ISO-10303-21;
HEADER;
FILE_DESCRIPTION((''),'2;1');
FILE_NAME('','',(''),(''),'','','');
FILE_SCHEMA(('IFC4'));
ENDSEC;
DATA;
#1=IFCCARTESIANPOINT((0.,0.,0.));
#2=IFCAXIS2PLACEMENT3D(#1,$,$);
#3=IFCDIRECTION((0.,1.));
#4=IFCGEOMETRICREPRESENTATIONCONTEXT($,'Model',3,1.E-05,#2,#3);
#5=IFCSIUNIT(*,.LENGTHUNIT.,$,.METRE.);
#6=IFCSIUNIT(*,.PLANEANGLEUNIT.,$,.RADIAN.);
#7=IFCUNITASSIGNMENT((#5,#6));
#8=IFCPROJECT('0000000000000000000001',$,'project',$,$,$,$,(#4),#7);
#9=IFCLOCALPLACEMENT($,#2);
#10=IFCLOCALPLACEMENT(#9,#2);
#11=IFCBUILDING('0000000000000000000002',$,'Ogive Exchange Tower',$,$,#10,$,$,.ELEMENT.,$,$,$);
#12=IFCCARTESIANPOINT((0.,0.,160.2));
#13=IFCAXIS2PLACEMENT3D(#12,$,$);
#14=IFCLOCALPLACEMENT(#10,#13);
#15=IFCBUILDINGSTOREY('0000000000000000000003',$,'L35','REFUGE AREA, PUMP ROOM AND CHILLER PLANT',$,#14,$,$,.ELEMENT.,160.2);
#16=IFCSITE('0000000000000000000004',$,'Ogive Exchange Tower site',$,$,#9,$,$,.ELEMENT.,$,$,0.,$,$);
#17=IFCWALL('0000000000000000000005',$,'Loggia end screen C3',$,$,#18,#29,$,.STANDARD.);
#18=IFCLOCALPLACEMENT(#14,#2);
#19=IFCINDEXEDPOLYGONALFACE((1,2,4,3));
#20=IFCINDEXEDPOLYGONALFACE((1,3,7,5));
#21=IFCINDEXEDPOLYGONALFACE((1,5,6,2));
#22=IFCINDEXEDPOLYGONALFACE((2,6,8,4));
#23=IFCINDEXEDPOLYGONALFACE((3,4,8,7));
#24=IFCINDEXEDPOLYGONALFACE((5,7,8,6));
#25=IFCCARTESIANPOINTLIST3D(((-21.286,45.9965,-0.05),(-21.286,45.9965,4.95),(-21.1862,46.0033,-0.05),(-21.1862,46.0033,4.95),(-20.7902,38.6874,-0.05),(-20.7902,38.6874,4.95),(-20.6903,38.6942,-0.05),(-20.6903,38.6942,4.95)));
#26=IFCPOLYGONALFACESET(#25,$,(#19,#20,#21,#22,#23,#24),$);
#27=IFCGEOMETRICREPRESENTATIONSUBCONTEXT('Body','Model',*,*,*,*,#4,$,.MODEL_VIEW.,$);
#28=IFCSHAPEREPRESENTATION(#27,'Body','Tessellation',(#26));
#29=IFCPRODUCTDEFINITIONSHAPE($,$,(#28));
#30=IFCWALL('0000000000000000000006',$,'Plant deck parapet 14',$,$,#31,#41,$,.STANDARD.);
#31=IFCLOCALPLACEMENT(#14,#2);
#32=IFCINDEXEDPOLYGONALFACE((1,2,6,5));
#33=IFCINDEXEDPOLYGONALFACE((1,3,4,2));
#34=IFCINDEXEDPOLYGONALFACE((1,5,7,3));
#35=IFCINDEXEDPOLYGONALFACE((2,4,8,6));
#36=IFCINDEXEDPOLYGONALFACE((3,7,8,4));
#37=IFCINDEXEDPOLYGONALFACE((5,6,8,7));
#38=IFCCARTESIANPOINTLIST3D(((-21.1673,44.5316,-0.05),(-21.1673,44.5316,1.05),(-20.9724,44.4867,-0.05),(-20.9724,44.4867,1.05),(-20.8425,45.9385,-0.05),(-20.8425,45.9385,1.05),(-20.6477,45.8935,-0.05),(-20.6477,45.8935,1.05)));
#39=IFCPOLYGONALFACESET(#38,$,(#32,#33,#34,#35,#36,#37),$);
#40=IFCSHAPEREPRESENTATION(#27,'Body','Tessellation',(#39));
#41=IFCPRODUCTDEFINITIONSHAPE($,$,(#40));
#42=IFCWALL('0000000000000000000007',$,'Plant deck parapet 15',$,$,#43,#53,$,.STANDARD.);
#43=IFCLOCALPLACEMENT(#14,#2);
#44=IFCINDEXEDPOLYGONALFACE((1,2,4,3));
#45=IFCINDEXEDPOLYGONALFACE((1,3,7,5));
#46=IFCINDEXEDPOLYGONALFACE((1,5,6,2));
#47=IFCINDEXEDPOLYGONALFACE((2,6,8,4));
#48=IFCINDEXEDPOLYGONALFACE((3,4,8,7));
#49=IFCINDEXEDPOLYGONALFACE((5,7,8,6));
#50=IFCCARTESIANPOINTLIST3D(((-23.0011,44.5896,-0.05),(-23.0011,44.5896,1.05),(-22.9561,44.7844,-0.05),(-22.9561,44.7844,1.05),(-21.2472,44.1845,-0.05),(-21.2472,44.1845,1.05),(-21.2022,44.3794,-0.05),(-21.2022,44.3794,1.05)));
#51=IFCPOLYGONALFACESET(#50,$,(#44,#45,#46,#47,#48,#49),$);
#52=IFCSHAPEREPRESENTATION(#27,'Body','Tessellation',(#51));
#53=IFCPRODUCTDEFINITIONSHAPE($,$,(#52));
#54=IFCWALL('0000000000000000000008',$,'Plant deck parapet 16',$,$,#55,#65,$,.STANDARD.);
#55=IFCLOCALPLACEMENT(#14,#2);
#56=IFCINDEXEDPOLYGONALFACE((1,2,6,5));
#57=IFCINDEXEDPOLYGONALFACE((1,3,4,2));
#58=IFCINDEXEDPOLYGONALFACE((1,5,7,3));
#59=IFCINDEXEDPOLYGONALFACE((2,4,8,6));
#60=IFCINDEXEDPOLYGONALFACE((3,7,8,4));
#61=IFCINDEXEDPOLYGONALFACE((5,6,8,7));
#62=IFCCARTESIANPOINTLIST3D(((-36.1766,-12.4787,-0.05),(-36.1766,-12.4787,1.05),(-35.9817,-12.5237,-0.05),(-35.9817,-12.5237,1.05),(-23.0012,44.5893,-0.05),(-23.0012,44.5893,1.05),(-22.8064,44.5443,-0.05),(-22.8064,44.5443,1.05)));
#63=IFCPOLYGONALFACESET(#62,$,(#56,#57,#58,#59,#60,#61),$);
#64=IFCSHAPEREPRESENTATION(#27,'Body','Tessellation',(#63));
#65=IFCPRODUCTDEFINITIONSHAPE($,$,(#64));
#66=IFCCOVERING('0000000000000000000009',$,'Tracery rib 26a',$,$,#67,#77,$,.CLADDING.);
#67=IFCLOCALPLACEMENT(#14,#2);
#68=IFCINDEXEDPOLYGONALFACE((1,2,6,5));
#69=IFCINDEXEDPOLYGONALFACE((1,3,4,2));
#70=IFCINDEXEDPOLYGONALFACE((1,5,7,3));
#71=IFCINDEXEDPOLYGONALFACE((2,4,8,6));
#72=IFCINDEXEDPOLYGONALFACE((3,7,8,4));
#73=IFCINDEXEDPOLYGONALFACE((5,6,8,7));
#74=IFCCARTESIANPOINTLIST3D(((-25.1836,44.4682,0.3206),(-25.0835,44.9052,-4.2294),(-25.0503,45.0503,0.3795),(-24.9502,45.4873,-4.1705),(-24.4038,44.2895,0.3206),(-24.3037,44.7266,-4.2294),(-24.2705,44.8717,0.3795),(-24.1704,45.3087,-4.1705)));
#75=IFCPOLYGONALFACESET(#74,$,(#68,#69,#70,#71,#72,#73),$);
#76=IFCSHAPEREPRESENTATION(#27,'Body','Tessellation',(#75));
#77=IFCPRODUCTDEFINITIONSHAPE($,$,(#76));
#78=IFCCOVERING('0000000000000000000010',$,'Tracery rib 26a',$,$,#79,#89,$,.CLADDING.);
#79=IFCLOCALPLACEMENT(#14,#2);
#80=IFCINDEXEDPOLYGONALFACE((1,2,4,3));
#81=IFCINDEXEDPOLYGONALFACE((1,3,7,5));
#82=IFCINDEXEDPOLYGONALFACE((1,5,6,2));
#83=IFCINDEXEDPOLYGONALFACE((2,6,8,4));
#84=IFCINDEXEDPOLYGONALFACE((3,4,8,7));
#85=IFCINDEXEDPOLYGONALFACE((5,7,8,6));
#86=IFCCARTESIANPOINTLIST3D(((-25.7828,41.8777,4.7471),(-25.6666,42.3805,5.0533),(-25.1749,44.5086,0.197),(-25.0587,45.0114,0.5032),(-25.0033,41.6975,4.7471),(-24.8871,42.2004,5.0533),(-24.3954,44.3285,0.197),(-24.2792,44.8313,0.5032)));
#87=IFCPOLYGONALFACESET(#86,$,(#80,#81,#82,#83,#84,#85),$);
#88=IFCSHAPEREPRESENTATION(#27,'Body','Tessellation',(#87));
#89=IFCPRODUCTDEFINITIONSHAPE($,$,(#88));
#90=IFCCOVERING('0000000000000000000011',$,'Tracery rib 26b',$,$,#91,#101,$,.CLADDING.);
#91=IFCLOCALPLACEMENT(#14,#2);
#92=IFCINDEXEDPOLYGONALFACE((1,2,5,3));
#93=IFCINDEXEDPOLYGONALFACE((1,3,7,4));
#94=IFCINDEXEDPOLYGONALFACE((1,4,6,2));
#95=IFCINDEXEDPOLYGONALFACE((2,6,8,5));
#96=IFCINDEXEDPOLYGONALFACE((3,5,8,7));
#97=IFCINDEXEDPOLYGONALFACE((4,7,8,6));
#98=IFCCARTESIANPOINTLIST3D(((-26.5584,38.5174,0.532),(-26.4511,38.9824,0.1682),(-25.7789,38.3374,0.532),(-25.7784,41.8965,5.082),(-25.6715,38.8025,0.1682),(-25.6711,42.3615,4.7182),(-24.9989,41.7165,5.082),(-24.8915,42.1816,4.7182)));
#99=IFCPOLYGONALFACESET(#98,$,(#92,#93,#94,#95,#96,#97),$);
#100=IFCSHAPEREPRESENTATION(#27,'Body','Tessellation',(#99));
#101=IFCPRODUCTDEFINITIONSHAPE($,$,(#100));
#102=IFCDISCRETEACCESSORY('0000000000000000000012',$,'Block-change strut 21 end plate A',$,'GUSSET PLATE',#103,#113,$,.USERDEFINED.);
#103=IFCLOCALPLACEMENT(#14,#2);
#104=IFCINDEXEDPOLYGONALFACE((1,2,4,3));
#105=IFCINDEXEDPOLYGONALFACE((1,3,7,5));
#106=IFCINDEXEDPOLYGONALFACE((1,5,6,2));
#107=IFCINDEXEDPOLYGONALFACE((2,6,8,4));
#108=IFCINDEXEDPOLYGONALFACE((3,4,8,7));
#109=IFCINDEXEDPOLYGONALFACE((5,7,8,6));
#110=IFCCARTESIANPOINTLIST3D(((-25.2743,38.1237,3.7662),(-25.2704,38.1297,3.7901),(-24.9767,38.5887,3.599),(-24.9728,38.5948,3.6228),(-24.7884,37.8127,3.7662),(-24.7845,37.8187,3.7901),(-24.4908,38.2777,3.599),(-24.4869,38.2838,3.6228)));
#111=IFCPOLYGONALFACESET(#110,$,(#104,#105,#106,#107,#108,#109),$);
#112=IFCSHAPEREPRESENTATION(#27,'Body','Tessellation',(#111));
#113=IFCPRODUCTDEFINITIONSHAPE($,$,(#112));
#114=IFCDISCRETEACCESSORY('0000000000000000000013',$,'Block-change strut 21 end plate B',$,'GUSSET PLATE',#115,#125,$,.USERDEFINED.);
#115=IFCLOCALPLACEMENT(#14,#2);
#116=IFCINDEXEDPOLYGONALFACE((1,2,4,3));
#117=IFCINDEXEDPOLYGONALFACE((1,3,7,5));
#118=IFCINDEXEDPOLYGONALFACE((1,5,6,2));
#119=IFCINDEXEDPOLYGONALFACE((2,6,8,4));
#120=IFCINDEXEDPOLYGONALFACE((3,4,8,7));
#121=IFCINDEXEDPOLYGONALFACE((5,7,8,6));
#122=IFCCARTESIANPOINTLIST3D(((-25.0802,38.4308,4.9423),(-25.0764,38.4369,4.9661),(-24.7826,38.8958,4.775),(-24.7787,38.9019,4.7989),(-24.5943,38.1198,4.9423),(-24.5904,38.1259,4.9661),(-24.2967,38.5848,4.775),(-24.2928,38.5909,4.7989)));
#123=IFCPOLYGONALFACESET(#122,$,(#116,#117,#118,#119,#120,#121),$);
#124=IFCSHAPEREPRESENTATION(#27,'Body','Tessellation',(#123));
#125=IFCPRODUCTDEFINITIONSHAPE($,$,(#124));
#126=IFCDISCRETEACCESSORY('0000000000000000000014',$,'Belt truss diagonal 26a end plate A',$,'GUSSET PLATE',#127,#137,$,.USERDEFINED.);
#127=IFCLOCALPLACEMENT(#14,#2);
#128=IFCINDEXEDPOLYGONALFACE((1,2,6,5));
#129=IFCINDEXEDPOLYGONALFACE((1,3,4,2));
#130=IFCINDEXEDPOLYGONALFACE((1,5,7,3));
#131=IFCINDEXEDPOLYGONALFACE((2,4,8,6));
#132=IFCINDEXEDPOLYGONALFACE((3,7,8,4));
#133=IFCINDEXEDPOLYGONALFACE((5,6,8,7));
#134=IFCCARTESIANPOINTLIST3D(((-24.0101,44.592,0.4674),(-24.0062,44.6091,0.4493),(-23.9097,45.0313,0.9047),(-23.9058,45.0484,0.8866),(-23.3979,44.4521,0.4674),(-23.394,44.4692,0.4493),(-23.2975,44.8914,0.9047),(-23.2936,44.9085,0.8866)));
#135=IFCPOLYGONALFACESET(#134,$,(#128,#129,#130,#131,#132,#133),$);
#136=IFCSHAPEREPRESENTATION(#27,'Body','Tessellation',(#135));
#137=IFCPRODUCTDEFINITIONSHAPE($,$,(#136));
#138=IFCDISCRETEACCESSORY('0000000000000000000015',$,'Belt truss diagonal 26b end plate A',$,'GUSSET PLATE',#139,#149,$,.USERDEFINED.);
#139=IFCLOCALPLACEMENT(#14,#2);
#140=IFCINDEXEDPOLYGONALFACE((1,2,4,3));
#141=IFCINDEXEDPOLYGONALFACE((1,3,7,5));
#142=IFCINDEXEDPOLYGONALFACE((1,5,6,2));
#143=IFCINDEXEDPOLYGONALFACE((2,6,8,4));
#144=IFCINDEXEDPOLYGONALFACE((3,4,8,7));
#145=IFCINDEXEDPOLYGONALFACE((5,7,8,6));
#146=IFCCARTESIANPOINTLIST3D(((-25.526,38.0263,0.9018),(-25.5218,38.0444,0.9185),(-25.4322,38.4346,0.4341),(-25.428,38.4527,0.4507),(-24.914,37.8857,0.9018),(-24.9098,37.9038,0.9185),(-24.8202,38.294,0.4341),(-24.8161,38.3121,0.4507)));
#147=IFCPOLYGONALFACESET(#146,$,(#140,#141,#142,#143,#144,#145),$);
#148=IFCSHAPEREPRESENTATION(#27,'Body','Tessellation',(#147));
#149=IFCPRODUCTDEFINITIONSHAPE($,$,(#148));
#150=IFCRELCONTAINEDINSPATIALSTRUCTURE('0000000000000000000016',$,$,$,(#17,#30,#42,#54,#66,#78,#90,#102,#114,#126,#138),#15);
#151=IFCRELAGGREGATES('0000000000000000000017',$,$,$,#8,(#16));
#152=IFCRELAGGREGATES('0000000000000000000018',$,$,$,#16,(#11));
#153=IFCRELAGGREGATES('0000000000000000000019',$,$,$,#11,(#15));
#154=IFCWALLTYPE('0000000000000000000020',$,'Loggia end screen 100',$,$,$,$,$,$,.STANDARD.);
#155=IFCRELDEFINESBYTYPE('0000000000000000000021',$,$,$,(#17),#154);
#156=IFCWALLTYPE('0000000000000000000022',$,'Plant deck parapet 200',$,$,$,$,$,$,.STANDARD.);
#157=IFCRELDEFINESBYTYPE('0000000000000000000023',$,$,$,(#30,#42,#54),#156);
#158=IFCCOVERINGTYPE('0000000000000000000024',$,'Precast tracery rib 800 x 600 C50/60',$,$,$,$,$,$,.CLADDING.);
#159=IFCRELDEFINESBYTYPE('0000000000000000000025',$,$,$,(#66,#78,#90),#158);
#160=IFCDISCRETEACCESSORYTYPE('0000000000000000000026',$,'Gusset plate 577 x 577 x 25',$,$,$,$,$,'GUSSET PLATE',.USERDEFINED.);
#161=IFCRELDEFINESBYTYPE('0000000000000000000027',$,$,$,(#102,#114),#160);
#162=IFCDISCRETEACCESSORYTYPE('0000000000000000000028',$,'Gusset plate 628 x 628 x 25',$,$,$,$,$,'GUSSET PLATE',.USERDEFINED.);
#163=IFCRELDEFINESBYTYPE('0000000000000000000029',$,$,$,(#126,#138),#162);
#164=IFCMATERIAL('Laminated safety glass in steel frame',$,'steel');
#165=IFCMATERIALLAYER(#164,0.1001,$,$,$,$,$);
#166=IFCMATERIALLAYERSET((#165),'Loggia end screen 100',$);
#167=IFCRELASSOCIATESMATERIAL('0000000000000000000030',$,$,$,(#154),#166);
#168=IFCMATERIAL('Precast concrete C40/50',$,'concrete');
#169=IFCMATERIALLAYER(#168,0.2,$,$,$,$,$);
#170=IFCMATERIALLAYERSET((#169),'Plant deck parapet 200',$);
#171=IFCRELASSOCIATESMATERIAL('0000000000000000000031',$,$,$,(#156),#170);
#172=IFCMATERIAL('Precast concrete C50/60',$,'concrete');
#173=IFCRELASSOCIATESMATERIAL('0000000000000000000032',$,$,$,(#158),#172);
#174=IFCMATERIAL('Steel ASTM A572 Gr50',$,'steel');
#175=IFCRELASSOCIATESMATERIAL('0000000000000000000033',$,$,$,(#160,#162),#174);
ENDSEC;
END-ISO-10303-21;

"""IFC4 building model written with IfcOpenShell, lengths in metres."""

from ifc_helpers import new_model, si_unit, direction, frame, frame_2d, origin, origin_2d, place, context, subcontext, project, spatial, rectangle, extrude, material, layer, layer_set, material_profile, profile_set, type_object, element, save


model = new_model("IFC4")

# Units and contexts
model_context = context("Model", 3, precision=1e-05, world=origin(), true_north=direction((0.0, 1.0)))
body_context = subcontext(model_context, "Body", "Model", "MODEL_VIEW")
ifc_project = project(units=[si_unit("LENGTHUNIT", "METRE"), si_unit("PLANEANGLEUNIT", "RADIAN")], contexts=[model_context])

# Site, building, storey
site_placement = place(None, origin())
site = spatial("IfcSite", under=ifc_project, at=site_placement, Name="Ogive Exchange Tower site", CompositionType="ELEMENT", RefElevation=0.0)
building_placement = place(site_placement, origin())
building = spatial("IfcBuilding", under=site, at=building_placement, Name="Ogive Exchange Tower", CompositionType="ELEMENT")
storey_placement = place(building_placement, frame((0.0, 0.0, 160.2)))
storey = spatial("IfcBuildingStorey", under=building, at=storey_placement, Name="L35", Description="REFUGE AREA, PUMP ROOM AND CHILLER PLANT", CompositionType="ELEMENT", Elevation=160.2)

# Walls
ifc_material_1 = material(Name="Laminated safety glass in steel frame", Category="steel")
ifc_layer_1 = layer(ifc_material_1, 0.1001)
ifc_layer_set_1 = layer_set([ifc_layer_1], Name="Loggia end screen 100")
wall_type_1 = type_object("IfcWallType", Name="Loggia end screen 100", PredefinedType="STANDARD", material=ifc_layer_set_1)
wall_1_placement = place(storey_placement, frame((-20.7402, 38.6907, -0.05), z_axis=(0.0, 0.0, 1.0), x_axis=(-0.067685, 0.997707, 0.0)))
element("IfcWall", 1, at=wall_1_placement, inside=storey, type_object=wall_type_1, Name="Loggia end screen C3", PredefinedType="STANDARD", context=body_context, shape_type="SweptSolid", body=[
    extrude(rectangle(XDim=7.3259, YDim=0.1001, at=frame_2d((3.6631, 0.0))), origin(), (0.0, 0.0, 1.0), 5.0),
])
ifc_material_2 = material(Name="Precast concrete C40/50", Category="concrete")
ifc_layer_2 = layer(ifc_material_2, 0.2)
ifc_layer_set_2 = layer_set([ifc_layer_2], Name="Plant deck parapet 200")
wall_type_2 = type_object("IfcWallType", Name="Plant deck parapet 200", PredefinedType="STANDARD", material=ifc_layer_set_2)
wall_2_placement = place(storey_placement, frame((-20.7451, 45.916, -0.05), z_axis=(0.0, 0.0, 1.0), x_axis=(-0.224909, -0.97438, 0.0)))
element("IfcWall", 2, at=wall_2_placement, inside=storey, type_object=wall_type_2, Name="Plant deck parapet 14", PredefinedType="STANDARD", context=body_context, shape_type="SweptSolid", body=[
    extrude(rectangle(XDim=1.4438, YDim=0.2, at=frame_2d((0.7219, 0.0))), origin(), (0.0, 0.0, 1.0), 1.1001),
])
wall_3_placement = place(storey_placement, frame((-21.2249, 44.282, -0.05), z_axis=(0.0, 0.0, 1.0), x_axis=(-0.974357, 0.225008, 0.0)))
element("IfcWall", 3, at=wall_3_placement, inside=storey, type_object=wall_type_2, Name="Plant deck parapet 15", PredefinedType="STANDARD", context=body_context, shape_type="SweptSolid", body=[
    extrude(rectangle(XDim=1.8, YDim=0.2, at=frame_2d((0.8999, 0.0))), origin(), (0.0, 0.0, 1.0), 1.1001),
])
wall_4_placement = place(storey_placement, frame((-22.9038, 44.5669, -0.05), z_axis=(0.0, 0.0, 1.0), x_axis=(-0.224953, -0.97437, 0.0)))
element("IfcWall", 4, at=wall_4_placement, inside=storey, type_object=wall_type_2, Name="Plant deck parapet 16", PredefinedType="STANDARD", context=body_context, shape_type="SweptSolid", body=[
    extrude(rectangle(XDim=58.5691, YDim=0.2, at=frame_2d((29.2847, 0.0))), origin(), (0.0, 0.0, 1.0), 1.1001),
])

# Coverings
ifc_material_3 = material(Name="Precast concrete C50/60", Category="concrete")
ifc_material_profile_1 = material_profile(ifc_material_3, rectangle(XDim=0.8, YDim=0.6001, at=origin_2d()), Name="RIB 800 x 600")
ifc_profile_set_1 = profile_set([ifc_material_profile_1], Name="Precast concrete C50/60")
covering_type = type_object("IfcCoveringType", Name="Precast tracery rib 800 x 600 C50/60", PredefinedType="CLADDING", material=ifc_profile_set_1)
covering_1_placement = place(storey_placement, frame((-24.627, 45.1069, -4.2), z_axis=(-0.021893, -0.095583, 0.995181), x_axis=(0.974757, -0.223268, 0.0)))
element("IfcCovering", 5, at=covering_1_placement, inside=storey, type_object=covering_type, Name="Tracery rib 26a", PredefinedType="CLADDING", context=body_context, shape_type="SweptSolid", body=[
    extrude(rectangle(XDim=0.8, YDim=0.6001, at=origin_2d()), origin(), (0.0, 0.0, 1.0), 4.572),
])
covering_2_placement = place(storey_placement, frame((-24.7271, 44.6699, 0.3501), z_axis=(-0.114897, -0.49724, 0.859972), x_axis=(0.974327, -0.225137, 0.0)))
element("IfcCovering", 6, at=covering_2_placement, inside=storey, type_object=covering_type, Name="Tracery rib 26a", PredefinedType="CLADDING", context=body_context, shape_type="SweptSolid", body=[
    extrude(rectangle(XDim=0.8, YDim=0.6001, at=origin_2d()), origin(), (0.0, 0.0, 1.0), 5.291),
])
covering_3_placement = place(storey_placement, frame((-26.115, 38.6599, 0.3501), z_axis=(0.136344, 0.590655, 0.795322), x_axis=(-0.974377, 0.224921, 0.0)))
element("IfcCovering", 7, at=covering_3_placement, inside=storey, type_object=covering_type, Name="Tracery rib 26b", PredefinedType="CLADDING", context=body_context, shape_type="SweptSolid", body=[
    extrude(rectangle(XDim=0.8, YDim=0.6001, at=origin_2d()), origin(), (0.0, 0.0, 1.0), 5.7209),
])

# Discrete accessories
ifc_material_4 = material(Name="Steel ASTM A572 Gr50", Category="steel")
ifc_material_profile_2 = material_profile(ifc_material_4, rectangle(XDim=0.5769, YDim=0.5769, at=origin_2d()), Name="PL 577 x 577 x 25")
ifc_profile_set_2 = profile_set([ifc_material_profile_2], Name="Steel ASTM A572 Gr50")
discrete_accessory_type_1 = type_object("IfcDiscreteAccessoryType", Name="Gusset plate 577 x 577 x 25", ElementType="GUSSET PLATE", PredefinedType="USERDEFINED", material=ifc_profile_set_2)
for number, where, z_axis, x_axis, name in (
    (8, (-24.8826, 38.2007, 3.6826), (0.156256, 0.244149, 0.957066), (-0.842271, 0.539054, 0.0), "Block-change strut 21 end plate A"),
    (9, (-24.6885, 38.5078, 4.8586), (0.156256, 0.244149, 0.957066), (-0.842271, 0.539054, 0.0), "Block-change strut 21 end plate B"),
):
    element("IfcDiscreteAccessory", number, at=place(storey_placement, frame(where, z_axis=z_axis, x_axis=x_axis)), inside=storey, type_object=discrete_accessory_type_1, Name=name, ObjectType="GUSSET PLATE", PredefinedType="USERDEFINED", context=body_context, shape_type="SweptSolid", body=[
        extrude(rectangle(XDim=0.5769, YDim=0.5769, at=origin_2d()), origin(), (0.0, 0.0, 1.0), 0.0249),
    ])
ifc_material_profile_3 = material_profile(ifc_material_4, rectangle(XDim=0.6279, YDim=0.6279, at=origin_2d()), Name="PL 628 x 628 x 25")
ifc_profile_set_3 = profile_set([ifc_material_profile_3], Name="Steel ASTM A572 Gr50")
discrete_accessory_type_2 = type_object("IfcDiscreteAccessoryType", Name="Gusset plate 628 x 628 x 25", ElementType="GUSSET PLATE", PredefinedType="USERDEFINED", material=ifc_profile_set_3)
discrete_accessory_1_placement = place(storey_placement, frame((-23.6499, 44.7588, 0.668), z_axis=(-0.155172, -0.678876, 0.717669), x_axis=(0.974859, -0.222825, 0.0)))
element("IfcDiscreteAccessory", 10, at=discrete_accessory_1_placement, inside=storey, type_object=discrete_accessory_type_2, Name="Belt truss diagonal 26a end plate A", ObjectType="GUSSET PLATE", PredefinedType="USERDEFINED", context=body_context, shape_type="SweptSolid", body=[
    extrude(rectangle(XDim=0.6279, YDim=0.6279, at=origin_2d()), origin(), (0.0, 0.0, 1.0), 0.0251),
])
discrete_accessory_2_placement = place(storey_placement, frame((-25.1731, 38.1602, 0.668), z_axis=(0.166787, 0.726014, 0.667148), x_axis=(-0.974613, 0.223898, 0.0)))
element("IfcDiscreteAccessory", 11, at=discrete_accessory_2_placement, inside=storey, type_object=discrete_accessory_type_2, Name="Belt truss diagonal 26b end plate A", ObjectType="GUSSET PLATE", PredefinedType="USERDEFINED", context=body_context, shape_type="SweptSolid", body=[
    extrude(rectangle(XDim=0.6279, YDim=0.6279, at=origin_2d()), origin(), (0.0, 0.0, 1.0), 0.0249),
])

save(model, "model.ifc")
